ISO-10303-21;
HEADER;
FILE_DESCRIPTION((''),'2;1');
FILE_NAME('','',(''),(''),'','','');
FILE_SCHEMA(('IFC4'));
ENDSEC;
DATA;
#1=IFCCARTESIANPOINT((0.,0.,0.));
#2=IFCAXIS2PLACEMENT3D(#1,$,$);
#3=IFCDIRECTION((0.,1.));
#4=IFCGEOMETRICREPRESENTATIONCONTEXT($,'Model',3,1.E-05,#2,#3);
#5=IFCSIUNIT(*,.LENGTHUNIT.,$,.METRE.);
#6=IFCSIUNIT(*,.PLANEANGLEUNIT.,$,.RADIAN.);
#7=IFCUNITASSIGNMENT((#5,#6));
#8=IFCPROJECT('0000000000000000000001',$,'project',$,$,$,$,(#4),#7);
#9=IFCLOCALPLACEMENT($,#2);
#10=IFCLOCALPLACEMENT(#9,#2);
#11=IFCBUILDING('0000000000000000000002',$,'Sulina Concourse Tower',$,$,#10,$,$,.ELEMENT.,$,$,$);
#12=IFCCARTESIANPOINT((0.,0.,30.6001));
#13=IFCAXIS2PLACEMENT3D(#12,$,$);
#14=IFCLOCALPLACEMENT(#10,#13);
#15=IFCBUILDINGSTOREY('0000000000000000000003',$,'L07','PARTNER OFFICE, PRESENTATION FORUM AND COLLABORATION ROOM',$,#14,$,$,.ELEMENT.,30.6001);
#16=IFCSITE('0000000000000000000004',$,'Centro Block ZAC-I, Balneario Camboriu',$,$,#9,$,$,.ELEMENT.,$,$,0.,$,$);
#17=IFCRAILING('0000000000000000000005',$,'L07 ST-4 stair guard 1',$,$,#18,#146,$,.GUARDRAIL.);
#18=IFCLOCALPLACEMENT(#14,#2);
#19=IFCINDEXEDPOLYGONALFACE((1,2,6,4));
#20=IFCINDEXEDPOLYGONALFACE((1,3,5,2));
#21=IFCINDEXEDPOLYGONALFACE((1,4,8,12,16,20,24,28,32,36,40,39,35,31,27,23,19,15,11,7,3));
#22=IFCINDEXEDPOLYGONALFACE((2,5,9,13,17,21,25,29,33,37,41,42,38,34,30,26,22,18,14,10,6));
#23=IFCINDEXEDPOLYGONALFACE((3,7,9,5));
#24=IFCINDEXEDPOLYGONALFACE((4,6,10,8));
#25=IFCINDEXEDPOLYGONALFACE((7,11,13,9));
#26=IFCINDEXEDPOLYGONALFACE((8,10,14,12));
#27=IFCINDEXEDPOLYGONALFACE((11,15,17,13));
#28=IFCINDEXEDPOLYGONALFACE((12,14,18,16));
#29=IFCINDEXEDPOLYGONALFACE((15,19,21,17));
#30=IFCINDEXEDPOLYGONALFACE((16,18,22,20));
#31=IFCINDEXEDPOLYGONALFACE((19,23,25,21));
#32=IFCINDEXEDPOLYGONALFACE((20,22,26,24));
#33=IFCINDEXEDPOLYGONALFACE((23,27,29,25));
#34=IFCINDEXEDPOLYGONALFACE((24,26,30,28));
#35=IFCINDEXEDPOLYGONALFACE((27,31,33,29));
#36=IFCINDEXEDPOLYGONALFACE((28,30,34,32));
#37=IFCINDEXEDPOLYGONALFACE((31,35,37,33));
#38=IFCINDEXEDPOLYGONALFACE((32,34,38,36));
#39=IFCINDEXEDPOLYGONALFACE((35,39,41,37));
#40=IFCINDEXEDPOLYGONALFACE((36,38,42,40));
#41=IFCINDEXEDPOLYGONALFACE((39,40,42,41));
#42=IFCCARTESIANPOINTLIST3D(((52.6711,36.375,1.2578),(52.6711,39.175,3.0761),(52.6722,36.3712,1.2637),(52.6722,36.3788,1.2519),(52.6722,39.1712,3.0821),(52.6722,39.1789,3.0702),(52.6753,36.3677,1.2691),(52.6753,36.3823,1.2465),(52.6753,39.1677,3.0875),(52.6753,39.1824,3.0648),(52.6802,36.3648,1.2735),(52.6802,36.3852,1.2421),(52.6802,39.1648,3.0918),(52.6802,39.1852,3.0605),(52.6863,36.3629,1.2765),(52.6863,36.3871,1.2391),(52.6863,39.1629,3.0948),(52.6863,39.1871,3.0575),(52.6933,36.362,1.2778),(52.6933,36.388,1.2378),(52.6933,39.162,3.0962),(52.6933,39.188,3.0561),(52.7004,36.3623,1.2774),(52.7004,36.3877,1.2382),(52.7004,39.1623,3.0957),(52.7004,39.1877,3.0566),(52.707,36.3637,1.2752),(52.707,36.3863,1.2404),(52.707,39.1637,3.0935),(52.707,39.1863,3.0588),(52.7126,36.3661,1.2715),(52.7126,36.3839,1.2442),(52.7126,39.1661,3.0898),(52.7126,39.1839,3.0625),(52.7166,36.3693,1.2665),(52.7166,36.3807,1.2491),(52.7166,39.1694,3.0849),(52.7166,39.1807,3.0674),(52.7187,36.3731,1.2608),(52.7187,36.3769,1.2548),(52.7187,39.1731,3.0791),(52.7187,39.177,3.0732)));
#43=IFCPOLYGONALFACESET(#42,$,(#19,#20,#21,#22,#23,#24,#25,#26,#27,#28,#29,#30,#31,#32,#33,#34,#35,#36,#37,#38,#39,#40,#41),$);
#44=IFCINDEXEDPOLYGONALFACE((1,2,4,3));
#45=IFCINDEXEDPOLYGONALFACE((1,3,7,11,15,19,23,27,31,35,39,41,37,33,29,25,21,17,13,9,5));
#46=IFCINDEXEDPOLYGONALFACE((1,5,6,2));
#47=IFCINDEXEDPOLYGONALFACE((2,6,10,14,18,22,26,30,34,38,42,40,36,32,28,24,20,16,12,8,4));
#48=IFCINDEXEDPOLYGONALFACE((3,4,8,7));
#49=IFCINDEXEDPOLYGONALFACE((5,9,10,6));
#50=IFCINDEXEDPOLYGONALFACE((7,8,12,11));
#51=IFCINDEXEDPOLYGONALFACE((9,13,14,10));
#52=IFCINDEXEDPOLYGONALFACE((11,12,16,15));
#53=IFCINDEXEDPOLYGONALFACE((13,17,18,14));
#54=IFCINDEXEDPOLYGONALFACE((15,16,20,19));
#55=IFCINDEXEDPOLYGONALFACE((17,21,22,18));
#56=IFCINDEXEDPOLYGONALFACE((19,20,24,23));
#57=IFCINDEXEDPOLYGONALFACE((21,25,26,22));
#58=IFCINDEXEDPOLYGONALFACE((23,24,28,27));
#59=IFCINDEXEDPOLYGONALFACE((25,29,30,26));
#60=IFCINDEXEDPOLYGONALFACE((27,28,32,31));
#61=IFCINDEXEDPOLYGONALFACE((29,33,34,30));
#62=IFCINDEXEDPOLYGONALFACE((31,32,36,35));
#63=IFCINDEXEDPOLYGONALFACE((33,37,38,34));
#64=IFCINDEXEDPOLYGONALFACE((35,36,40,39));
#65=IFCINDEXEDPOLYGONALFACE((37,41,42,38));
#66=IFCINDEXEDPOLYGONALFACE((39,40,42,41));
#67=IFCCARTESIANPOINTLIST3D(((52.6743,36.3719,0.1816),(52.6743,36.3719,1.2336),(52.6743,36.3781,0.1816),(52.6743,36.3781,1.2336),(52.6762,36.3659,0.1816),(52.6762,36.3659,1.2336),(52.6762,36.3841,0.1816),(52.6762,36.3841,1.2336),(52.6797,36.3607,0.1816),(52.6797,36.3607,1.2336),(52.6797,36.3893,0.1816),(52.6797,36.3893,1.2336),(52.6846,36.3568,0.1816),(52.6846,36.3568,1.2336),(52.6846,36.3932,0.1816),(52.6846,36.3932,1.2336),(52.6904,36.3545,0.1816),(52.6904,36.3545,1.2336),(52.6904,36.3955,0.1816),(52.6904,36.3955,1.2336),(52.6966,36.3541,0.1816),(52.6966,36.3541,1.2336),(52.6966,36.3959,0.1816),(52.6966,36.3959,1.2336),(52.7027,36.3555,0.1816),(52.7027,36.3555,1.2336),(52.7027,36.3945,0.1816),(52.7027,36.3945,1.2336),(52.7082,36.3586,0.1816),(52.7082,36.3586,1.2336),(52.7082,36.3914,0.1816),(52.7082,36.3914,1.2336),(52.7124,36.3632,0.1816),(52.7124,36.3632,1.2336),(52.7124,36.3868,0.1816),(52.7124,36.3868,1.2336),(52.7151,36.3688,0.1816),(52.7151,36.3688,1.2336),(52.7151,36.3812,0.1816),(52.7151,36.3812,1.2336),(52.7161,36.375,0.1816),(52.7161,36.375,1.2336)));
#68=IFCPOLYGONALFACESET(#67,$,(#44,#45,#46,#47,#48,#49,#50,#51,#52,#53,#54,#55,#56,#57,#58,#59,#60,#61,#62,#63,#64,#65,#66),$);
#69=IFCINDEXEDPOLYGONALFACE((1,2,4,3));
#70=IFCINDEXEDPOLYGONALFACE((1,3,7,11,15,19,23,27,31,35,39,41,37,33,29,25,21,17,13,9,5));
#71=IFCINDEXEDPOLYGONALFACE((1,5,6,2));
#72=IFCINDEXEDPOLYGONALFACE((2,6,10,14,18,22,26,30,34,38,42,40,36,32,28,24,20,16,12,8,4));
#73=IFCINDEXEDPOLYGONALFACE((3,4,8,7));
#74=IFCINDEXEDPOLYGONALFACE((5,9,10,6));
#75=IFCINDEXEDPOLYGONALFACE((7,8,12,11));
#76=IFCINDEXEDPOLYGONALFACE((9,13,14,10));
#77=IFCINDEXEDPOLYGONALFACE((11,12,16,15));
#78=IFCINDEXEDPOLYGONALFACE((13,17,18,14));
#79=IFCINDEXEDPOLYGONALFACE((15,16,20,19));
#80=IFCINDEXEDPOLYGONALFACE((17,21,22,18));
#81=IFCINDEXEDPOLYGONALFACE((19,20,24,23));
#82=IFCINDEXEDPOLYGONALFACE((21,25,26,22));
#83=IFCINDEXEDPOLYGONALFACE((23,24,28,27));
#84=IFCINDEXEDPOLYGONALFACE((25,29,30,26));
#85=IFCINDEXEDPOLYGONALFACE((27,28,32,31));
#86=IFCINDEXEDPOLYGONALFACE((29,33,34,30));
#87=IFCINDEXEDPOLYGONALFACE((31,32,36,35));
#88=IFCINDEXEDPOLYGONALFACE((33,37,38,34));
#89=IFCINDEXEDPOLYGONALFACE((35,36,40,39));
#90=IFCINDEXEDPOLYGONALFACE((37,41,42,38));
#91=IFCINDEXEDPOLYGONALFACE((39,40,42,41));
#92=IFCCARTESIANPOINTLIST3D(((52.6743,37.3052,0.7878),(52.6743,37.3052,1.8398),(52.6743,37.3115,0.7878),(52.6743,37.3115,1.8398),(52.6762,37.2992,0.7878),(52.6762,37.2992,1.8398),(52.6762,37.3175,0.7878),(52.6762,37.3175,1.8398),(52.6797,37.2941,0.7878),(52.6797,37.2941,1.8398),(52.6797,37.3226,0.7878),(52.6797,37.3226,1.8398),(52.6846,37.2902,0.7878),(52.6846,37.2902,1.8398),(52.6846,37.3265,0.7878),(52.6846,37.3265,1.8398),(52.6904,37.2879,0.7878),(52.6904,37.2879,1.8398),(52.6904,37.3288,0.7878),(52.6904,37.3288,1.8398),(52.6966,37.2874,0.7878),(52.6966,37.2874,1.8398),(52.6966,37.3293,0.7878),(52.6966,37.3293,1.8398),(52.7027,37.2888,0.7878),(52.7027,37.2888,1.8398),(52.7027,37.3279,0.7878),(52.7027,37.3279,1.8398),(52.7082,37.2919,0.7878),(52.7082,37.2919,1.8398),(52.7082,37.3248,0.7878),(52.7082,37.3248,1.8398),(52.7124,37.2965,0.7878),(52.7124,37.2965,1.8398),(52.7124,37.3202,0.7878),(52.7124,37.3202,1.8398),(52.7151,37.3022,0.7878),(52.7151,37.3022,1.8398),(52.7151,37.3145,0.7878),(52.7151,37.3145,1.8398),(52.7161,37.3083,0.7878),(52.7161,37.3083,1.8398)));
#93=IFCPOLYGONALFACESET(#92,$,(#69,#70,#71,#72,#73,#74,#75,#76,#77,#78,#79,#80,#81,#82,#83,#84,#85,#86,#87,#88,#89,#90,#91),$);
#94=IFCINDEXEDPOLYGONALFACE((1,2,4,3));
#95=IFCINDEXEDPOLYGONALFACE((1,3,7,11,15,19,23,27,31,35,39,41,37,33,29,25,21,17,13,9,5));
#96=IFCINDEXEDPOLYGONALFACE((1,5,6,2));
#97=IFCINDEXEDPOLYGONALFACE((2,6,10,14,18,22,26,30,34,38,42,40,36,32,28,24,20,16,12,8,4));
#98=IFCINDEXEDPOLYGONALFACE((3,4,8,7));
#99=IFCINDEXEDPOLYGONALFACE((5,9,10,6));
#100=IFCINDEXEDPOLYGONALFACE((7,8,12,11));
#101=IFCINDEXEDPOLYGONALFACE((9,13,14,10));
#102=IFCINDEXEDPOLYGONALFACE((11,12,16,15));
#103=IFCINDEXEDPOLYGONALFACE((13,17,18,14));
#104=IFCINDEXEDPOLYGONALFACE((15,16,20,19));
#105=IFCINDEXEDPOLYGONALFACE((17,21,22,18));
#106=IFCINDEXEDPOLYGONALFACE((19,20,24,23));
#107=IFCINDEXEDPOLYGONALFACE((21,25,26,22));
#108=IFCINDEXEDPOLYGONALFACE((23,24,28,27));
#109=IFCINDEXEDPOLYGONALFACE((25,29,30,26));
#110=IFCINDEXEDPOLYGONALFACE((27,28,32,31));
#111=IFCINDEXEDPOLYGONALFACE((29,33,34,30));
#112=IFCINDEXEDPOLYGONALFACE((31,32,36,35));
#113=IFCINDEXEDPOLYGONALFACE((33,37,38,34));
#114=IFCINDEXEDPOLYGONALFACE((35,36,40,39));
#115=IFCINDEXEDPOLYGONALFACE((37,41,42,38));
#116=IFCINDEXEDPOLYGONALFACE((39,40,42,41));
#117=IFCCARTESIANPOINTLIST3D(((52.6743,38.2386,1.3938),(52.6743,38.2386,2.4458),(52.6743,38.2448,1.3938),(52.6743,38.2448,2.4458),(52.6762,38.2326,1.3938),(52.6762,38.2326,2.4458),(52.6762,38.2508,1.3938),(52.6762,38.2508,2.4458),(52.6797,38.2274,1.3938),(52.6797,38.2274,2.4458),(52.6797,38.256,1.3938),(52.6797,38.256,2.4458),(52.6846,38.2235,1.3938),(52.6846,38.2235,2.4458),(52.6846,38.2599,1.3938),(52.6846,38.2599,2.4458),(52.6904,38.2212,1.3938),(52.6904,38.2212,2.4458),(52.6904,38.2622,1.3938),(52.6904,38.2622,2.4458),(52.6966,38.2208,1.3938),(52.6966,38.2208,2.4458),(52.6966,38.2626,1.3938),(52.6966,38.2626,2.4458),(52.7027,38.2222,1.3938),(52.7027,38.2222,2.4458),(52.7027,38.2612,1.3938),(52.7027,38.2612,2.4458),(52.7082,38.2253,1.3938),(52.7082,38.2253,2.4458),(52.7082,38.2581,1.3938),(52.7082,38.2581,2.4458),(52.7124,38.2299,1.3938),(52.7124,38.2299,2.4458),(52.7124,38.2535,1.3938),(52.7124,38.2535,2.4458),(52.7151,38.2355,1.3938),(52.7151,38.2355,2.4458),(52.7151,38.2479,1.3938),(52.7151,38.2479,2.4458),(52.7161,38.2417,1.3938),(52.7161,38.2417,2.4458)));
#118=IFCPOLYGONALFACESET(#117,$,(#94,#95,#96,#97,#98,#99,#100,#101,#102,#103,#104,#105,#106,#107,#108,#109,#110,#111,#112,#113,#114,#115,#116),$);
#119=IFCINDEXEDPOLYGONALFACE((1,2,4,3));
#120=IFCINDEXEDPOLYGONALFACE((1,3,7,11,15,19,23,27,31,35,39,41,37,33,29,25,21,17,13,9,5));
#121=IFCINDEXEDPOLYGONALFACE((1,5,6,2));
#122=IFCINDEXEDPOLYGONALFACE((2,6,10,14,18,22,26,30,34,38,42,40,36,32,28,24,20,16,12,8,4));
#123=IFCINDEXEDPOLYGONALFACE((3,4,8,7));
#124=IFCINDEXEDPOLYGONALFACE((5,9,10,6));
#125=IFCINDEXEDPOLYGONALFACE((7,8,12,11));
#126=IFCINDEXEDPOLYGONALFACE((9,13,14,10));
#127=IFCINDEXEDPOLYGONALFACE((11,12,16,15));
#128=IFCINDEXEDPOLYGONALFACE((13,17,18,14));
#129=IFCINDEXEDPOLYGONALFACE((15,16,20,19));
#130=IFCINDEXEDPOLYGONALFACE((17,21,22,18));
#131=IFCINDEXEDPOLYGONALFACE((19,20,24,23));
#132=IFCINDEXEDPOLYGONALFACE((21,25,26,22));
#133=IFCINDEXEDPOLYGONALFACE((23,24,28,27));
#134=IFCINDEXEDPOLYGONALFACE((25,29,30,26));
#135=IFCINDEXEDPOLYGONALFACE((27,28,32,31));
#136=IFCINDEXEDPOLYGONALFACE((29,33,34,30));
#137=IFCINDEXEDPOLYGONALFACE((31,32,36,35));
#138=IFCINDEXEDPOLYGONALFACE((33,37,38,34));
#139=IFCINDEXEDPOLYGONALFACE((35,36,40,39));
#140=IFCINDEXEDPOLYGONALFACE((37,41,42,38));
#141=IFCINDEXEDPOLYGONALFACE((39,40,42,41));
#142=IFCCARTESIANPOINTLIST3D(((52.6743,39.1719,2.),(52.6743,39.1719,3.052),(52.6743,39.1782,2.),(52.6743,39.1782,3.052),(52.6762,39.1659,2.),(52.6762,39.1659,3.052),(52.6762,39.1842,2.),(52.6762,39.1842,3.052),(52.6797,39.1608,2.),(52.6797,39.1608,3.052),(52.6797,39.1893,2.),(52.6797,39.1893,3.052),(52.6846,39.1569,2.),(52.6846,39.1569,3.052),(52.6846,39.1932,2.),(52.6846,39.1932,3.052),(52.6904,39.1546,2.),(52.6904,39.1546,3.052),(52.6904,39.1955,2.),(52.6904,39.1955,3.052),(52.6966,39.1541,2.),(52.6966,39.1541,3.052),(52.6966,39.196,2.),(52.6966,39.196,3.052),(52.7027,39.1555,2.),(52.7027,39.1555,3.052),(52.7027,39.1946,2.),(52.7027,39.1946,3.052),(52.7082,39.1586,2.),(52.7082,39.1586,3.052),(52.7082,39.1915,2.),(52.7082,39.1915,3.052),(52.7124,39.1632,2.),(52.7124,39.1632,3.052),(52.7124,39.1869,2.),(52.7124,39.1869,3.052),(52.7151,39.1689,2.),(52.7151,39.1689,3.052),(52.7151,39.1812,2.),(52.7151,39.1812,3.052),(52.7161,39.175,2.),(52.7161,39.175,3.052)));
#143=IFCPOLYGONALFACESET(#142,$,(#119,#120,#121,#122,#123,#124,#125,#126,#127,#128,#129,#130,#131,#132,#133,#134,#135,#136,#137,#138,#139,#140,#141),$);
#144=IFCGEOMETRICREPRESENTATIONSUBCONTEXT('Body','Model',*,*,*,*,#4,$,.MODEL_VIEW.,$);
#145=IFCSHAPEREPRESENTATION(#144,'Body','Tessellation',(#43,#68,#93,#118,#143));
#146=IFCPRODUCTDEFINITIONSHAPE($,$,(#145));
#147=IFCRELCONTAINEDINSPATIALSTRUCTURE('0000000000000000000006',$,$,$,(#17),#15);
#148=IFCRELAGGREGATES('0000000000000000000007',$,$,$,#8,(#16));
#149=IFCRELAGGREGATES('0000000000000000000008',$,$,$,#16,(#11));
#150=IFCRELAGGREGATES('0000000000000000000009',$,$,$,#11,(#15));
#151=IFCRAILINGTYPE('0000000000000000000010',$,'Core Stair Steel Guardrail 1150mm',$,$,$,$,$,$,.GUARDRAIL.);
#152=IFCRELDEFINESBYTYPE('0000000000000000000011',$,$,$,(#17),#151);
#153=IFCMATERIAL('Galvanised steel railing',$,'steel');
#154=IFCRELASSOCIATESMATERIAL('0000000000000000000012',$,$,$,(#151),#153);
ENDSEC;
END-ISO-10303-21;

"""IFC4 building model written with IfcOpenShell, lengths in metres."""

from ifc_helpers import new_model, si_unit, direction, frame, origin, origin_2d, place, context, subcontext, project, spatial, circle, extrude, material, type_object, element, save


model = new_model("IFC4")

# Units and contexts
model_context = context("Model", 3, precision=1e-05, world=origin(), true_north=direction((0.0, 1.0)))
body_context = subcontext(model_context, "Body", "Model", "MODEL_VIEW")
ifc_project = project(units=[si_unit("LENGTHUNIT", "METRE"), si_unit("PLANEANGLEUNIT", "RADIAN")], contexts=[model_context])

# Site, building, storey
site_placement = place(None, origin())
site = spatial("IfcSite", under=ifc_project, at=site_placement, Name="Centro Block ZAC-I, Balneario Camboriu", CompositionType="ELEMENT", RefElevation=0.0)
building_placement = place(site_placement, origin())
building = spatial("IfcBuilding", under=site, at=building_placement, Name="Sulina Concourse Tower", CompositionType="ELEMENT")
storey_placement = place(building_placement, frame((0.0, 0.0, 30.6001)))
storey = spatial("IfcBuildingStorey", under=building, at=storey_placement, Name="L07", Description="PARTNER OFFICE, PRESENTATION FORUM AND COLLABORATION ROOM", CompositionType="ELEMENT", Elevation=30.6001)

# Railing
ifc_material_1 = material(Name="Galvanised steel railing", Category="steel")
railing_type_1 = type_object("IfcRailingType", Name="Core Stair Steel Guardrail 1150mm", PredefinedType="GUARDRAIL", material=ifc_material_1)
railing_1_placement = place(storey_placement, frame((52.6951, 36.375, 0.1816)))
element("IfcRailing", 1, at=railing_1_placement, inside=storey, type_object=railing_type_1, Name="L07 ST-4 stair guard 1", PredefinedType="GUARDRAIL", context=body_context, shape_type="SweptSolid", body=[
    extrude(circle(Radius=0.0239, at=origin_2d()), frame((0.0, 0.0, 1.0762), z_axis=(0.0, 0.838672, 0.544636), x_axis=(-1.0, 0.0, 0.0)), (0.0, 0.0, 1.0), 3.3386),
    extrude(circle(Radius=0.021, at=origin_2d()), origin(), (0.0, 0.0, 1.0), 1.052),
    extrude(circle(Radius=0.021, at=origin_2d()), frame((0.0, 0.9333, 0.6062)), (0.0, 0.0, 1.0), 1.052),
    extrude(circle(Radius=0.021, at=origin_2d()), frame((0.0, 1.8667, 1.2122)), (0.0, 0.0, 1.0), 1.052),
    extrude(circle(Radius=0.021, at=origin_2d()), frame((0.0, 2.8, 1.8184)), (0.0, 0.0, 1.0), 1.052),
])

save(model, "model.ifc")
